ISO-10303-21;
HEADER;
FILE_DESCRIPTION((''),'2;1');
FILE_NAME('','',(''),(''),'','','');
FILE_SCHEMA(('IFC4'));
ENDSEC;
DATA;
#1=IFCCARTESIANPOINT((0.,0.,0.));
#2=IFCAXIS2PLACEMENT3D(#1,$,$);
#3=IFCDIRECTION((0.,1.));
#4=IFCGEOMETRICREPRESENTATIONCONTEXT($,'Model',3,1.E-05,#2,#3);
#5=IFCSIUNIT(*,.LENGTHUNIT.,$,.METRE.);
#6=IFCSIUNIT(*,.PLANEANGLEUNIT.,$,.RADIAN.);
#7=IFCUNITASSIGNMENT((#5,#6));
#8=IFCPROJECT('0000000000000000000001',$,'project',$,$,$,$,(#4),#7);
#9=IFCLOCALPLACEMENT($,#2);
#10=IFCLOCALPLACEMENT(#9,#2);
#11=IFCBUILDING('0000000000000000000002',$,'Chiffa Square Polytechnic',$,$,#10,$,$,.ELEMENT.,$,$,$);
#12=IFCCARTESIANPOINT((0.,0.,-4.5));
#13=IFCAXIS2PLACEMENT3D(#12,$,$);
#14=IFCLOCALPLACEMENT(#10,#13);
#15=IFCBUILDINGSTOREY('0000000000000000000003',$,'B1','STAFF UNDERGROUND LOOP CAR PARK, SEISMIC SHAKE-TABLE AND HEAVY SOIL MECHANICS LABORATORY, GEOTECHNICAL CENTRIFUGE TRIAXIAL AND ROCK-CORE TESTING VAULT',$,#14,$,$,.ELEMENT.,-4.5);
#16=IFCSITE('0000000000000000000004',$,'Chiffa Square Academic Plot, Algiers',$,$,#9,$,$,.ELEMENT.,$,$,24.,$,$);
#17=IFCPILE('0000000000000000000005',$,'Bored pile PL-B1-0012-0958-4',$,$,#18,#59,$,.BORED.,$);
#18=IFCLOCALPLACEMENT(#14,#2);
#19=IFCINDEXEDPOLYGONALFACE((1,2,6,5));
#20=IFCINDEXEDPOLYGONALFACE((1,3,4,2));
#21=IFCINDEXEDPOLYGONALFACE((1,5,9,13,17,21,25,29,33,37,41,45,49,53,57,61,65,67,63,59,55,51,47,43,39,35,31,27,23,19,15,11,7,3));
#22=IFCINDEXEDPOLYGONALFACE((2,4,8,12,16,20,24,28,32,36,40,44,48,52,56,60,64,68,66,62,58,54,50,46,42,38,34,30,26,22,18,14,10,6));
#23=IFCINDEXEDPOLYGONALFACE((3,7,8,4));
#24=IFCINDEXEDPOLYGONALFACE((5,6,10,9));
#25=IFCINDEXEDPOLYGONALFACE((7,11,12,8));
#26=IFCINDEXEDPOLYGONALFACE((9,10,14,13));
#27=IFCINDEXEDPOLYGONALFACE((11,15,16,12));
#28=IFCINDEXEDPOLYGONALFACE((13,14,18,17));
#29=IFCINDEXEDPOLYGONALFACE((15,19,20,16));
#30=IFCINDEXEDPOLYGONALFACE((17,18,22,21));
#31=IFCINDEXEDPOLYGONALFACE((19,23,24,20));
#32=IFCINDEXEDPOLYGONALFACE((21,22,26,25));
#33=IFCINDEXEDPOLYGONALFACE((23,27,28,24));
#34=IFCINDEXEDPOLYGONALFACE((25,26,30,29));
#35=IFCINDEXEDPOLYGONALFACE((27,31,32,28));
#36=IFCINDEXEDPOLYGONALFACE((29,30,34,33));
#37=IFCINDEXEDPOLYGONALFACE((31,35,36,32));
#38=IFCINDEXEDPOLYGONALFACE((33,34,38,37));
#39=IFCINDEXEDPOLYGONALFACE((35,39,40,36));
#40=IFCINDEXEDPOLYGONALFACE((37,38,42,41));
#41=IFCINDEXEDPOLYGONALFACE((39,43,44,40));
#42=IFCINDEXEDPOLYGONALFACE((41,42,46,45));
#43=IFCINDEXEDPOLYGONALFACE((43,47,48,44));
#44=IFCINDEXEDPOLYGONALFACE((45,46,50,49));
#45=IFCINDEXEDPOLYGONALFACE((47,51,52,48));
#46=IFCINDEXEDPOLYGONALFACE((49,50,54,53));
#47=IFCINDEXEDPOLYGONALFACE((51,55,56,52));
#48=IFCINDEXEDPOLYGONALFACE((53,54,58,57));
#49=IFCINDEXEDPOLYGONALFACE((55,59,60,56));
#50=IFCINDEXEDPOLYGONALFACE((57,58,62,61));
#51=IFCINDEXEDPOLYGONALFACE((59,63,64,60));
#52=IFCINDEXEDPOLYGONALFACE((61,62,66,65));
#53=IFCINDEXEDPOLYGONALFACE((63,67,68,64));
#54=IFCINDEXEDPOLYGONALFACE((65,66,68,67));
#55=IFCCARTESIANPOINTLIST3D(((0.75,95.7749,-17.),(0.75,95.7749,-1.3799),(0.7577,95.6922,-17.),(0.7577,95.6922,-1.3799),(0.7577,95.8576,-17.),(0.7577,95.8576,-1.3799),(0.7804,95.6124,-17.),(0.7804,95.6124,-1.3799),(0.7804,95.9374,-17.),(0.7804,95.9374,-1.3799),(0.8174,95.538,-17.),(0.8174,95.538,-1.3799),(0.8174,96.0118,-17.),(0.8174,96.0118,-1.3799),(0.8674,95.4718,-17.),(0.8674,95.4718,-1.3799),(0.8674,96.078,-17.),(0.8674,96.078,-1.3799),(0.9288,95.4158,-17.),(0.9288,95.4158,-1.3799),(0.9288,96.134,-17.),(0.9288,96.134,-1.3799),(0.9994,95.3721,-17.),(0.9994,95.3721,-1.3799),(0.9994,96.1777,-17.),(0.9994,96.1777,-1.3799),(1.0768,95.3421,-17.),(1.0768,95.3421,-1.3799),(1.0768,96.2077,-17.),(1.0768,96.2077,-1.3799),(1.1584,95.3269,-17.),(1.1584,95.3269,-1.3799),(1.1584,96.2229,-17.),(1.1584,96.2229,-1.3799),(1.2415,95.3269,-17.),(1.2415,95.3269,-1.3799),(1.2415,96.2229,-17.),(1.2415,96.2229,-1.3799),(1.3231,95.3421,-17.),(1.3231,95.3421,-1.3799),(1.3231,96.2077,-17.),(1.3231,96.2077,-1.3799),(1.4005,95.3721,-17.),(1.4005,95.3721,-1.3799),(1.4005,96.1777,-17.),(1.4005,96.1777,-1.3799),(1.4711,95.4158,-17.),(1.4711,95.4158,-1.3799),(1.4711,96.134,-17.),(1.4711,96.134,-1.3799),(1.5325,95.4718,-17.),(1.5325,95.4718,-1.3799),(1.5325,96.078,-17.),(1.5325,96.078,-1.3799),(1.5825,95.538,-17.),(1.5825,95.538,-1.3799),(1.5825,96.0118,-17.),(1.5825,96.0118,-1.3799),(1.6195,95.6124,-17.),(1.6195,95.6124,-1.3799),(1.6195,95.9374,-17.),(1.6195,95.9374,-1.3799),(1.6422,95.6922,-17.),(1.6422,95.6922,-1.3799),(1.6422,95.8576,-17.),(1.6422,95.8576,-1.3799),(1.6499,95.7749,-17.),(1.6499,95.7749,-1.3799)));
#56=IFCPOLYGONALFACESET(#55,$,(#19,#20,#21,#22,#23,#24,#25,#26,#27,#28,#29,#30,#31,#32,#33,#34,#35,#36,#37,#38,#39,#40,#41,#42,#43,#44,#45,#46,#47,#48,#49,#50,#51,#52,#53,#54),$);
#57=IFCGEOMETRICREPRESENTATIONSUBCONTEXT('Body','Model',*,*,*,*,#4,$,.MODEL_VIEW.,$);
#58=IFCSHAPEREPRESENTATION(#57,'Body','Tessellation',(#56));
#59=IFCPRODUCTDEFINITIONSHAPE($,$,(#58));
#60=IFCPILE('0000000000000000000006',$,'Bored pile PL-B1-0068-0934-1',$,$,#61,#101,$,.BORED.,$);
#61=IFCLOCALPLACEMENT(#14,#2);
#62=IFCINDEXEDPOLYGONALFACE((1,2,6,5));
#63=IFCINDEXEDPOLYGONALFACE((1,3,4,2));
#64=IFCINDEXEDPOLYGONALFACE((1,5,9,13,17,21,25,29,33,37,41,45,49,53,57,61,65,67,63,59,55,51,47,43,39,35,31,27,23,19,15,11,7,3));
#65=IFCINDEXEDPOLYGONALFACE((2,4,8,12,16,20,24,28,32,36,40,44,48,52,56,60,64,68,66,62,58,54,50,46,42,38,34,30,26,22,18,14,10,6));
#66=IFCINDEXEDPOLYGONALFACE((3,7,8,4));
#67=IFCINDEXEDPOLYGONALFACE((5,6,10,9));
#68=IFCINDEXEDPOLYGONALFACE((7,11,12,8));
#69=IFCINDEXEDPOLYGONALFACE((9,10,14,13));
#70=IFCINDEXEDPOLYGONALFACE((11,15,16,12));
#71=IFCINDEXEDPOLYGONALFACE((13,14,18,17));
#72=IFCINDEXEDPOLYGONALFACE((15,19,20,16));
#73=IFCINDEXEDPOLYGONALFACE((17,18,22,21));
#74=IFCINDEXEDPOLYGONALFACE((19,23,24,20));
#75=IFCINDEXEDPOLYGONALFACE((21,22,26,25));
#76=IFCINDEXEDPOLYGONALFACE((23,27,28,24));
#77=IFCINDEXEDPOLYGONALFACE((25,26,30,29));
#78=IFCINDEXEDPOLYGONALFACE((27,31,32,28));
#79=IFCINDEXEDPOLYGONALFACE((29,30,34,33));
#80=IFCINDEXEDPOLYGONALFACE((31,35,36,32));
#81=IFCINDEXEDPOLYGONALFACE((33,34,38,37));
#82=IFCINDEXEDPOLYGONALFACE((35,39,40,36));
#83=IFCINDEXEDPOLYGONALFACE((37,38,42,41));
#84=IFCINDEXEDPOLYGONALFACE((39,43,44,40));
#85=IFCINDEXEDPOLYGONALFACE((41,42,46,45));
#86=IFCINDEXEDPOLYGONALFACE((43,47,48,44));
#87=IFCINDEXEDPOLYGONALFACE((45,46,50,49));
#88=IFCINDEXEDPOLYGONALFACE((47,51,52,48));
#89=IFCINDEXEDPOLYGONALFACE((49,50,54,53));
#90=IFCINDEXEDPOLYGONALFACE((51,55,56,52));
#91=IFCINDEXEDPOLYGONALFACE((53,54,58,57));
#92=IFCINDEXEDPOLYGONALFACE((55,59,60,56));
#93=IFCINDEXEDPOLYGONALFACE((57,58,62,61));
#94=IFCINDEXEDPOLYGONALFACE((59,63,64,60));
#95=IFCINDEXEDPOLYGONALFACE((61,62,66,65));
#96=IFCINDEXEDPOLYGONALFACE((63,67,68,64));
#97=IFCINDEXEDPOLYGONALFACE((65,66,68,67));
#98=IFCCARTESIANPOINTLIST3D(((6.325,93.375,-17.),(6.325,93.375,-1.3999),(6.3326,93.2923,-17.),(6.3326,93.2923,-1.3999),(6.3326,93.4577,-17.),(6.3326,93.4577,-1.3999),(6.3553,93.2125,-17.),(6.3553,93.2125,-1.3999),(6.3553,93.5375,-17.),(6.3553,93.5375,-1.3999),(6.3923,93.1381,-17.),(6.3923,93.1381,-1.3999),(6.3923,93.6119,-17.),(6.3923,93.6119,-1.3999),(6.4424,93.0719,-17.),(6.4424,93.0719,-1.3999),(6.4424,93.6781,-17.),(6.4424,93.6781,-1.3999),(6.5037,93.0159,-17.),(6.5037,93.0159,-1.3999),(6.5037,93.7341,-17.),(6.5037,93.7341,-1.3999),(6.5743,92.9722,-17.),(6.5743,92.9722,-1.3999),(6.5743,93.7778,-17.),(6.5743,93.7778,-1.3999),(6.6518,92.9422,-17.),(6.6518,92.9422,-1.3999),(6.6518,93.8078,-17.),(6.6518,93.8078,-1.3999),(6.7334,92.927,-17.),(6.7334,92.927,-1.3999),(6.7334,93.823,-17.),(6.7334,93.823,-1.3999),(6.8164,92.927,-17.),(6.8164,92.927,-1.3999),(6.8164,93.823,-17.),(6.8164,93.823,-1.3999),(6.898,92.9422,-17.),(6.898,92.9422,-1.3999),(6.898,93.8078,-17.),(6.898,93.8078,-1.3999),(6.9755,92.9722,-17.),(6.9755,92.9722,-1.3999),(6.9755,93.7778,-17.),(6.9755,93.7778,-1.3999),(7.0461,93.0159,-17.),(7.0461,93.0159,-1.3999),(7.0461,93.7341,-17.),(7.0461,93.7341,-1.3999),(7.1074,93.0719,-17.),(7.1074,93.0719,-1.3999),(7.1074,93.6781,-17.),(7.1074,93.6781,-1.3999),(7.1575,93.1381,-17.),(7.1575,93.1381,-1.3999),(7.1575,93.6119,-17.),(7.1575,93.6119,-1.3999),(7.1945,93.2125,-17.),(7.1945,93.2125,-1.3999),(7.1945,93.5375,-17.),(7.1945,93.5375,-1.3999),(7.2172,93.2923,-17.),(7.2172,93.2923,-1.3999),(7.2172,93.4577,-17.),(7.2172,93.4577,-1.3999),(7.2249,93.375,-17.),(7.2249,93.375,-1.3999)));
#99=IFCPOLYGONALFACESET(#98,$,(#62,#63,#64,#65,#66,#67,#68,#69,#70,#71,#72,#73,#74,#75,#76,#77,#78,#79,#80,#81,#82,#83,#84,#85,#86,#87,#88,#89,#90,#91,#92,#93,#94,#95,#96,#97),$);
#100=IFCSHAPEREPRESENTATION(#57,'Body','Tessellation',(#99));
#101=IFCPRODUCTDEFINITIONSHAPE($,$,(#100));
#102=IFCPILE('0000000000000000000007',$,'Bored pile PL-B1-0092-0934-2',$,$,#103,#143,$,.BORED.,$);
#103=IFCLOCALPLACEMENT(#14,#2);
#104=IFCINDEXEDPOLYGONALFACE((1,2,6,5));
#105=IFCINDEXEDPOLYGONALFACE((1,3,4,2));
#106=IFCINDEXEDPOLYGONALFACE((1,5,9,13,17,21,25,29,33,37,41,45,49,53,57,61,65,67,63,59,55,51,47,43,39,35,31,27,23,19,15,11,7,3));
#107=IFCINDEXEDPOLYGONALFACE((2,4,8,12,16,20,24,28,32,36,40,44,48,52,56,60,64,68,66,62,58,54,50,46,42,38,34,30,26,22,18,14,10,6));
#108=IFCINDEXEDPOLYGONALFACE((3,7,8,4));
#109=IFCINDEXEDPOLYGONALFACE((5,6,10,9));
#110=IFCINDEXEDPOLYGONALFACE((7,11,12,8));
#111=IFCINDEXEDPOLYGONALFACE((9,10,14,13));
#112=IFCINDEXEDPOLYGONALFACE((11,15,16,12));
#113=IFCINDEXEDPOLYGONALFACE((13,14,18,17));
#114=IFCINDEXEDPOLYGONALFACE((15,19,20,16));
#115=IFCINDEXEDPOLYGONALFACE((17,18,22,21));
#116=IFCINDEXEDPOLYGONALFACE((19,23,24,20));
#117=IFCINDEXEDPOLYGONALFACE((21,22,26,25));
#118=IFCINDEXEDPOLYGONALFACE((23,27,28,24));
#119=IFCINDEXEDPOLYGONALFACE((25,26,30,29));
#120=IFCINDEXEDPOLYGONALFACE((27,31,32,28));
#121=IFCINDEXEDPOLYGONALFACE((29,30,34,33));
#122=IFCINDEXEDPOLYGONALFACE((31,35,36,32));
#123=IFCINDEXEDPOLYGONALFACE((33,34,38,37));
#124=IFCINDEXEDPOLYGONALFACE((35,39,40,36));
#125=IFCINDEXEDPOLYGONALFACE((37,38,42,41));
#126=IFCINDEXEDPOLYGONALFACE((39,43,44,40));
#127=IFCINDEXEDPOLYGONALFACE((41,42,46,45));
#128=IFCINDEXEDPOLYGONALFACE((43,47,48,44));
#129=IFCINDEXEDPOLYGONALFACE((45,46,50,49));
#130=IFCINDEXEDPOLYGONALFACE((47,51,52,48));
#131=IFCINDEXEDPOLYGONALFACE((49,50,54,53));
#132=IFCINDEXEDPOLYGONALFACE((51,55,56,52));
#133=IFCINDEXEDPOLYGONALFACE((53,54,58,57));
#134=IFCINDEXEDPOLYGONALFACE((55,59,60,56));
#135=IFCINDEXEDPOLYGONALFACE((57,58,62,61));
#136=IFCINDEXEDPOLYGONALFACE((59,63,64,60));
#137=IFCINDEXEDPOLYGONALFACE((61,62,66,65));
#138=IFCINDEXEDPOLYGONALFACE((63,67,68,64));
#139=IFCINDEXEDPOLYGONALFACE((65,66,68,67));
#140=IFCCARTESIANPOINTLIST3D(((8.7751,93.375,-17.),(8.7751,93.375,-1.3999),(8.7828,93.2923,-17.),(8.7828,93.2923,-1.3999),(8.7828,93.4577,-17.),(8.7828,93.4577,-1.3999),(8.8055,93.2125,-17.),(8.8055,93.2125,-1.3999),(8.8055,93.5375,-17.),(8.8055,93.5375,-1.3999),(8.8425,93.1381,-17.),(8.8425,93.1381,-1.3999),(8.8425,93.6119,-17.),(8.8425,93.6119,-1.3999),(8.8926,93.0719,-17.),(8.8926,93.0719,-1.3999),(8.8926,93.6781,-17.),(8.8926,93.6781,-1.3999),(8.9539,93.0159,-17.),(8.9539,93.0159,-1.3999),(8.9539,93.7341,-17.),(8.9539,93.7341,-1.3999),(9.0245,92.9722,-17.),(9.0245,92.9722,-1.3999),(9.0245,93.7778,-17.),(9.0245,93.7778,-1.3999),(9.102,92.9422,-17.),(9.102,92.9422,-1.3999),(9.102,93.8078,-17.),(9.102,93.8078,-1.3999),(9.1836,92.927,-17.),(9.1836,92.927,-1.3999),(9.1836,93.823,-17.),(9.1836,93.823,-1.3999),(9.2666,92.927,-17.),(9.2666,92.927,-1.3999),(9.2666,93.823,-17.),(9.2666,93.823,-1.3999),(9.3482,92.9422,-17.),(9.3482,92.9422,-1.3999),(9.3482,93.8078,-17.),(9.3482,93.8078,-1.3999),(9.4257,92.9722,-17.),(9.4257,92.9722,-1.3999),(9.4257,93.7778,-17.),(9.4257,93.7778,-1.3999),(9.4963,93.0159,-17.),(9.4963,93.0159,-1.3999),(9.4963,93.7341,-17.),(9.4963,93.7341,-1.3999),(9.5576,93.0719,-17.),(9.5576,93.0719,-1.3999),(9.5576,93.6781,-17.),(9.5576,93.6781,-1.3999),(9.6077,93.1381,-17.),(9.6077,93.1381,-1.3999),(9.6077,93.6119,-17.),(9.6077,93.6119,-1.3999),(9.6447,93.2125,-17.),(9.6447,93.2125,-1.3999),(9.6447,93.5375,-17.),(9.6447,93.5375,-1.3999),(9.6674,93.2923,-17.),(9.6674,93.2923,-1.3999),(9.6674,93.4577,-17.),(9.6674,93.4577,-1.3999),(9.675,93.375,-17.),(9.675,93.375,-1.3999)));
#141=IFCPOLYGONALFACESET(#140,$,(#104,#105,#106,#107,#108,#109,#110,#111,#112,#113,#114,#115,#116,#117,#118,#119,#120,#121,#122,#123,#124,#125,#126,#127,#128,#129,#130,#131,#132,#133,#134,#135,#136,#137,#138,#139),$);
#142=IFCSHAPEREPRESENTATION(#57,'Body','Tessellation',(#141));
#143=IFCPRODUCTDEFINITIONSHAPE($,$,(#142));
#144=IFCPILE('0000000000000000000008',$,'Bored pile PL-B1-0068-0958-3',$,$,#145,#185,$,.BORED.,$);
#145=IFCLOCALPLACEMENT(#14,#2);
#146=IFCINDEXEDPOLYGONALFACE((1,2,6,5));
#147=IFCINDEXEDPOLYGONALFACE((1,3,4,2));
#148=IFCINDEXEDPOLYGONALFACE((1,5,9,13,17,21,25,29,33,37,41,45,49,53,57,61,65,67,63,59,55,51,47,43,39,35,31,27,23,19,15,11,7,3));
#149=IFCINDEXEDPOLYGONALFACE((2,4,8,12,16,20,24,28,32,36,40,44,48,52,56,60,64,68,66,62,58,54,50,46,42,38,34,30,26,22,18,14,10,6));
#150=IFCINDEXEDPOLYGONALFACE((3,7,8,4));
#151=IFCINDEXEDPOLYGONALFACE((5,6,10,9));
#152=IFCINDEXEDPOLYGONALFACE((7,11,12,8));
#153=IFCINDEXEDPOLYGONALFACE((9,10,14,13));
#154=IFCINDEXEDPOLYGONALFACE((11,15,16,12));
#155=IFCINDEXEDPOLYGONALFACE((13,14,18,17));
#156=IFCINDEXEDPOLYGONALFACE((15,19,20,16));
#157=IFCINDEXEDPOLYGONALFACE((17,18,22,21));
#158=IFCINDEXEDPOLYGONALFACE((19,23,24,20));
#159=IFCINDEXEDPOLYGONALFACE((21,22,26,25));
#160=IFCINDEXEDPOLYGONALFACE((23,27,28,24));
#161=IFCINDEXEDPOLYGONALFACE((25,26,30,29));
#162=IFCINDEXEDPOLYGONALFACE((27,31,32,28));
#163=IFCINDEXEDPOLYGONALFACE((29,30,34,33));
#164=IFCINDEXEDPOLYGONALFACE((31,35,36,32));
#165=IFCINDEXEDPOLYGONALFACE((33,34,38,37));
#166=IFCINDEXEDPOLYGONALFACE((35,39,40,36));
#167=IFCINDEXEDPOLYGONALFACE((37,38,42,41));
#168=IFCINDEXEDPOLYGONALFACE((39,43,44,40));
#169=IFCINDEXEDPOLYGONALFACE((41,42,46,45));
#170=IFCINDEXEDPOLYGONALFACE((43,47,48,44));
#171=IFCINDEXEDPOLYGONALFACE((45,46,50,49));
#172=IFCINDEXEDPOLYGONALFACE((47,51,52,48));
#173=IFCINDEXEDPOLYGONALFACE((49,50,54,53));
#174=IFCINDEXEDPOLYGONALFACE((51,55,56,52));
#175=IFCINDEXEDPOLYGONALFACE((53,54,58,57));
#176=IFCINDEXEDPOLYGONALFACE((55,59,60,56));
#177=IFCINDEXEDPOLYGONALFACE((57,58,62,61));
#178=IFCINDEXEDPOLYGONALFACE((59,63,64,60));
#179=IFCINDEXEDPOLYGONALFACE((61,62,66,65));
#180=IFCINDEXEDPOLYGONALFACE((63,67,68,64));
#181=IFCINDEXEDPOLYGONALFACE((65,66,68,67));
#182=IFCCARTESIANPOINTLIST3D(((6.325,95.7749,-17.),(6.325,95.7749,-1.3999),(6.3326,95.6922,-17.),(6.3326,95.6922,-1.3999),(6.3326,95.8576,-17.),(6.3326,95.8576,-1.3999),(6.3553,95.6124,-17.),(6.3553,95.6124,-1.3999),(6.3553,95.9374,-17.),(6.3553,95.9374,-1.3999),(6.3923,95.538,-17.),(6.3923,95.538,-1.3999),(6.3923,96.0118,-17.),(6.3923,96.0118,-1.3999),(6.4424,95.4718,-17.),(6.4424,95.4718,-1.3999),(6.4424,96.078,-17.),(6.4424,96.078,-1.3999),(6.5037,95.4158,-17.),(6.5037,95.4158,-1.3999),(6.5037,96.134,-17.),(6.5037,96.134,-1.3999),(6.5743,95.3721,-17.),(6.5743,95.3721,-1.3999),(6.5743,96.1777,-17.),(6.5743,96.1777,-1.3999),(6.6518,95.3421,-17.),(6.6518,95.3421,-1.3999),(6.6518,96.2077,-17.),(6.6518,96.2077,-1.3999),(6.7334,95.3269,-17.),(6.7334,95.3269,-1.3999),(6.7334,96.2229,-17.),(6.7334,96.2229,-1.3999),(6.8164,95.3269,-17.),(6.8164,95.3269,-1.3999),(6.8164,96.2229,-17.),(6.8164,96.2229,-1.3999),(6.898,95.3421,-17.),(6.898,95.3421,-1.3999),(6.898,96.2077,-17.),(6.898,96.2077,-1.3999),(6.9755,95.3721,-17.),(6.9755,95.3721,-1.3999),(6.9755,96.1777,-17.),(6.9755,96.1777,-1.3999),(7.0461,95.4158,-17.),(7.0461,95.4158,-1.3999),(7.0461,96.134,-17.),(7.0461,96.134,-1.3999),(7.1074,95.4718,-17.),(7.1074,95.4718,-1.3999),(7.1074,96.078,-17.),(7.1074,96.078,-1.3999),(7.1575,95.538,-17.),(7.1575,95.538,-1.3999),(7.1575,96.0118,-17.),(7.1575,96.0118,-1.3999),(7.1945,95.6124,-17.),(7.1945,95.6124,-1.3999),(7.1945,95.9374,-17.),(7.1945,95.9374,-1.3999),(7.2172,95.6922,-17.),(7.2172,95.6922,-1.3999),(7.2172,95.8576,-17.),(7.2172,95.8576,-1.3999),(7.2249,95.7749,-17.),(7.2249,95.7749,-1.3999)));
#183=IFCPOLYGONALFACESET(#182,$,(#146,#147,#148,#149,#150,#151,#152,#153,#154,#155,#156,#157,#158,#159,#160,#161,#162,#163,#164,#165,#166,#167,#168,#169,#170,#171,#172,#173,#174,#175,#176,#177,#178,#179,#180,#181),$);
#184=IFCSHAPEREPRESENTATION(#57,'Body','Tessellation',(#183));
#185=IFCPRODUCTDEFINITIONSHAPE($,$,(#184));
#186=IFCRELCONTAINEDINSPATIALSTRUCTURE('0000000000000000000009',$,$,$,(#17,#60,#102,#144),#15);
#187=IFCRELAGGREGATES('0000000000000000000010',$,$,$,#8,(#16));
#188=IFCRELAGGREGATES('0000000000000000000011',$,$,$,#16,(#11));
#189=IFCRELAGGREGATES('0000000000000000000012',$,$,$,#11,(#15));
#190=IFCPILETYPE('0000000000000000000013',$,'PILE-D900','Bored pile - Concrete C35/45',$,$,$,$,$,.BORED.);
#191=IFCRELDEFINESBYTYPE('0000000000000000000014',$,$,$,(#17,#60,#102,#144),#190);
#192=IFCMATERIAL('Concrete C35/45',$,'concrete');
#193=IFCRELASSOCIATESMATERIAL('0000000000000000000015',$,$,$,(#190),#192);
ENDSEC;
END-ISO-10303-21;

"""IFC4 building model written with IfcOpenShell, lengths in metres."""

from ifc_helpers import new_model, si_unit, direction, frame, origin, origin_2d, place, context, subcontext, project, spatial, circle, extrude, material, material_profile, profile_set, type_object, element, save


model = new_model("IFC4")

# Units and contexts
model_context = context("Model", 3, precision=1e-05, world=origin(), true_north=direction((0.0, 1.0)))
body_context = subcontext(model_context, "Body", "Model", "MODEL_VIEW")
ifc_project = project(units=[si_unit("LENGTHUNIT", "METRE"), si_unit("PLANEANGLEUNIT", "RADIAN")], contexts=[model_context])

# Site, building, storey
site_placement = place(None, origin())
site = spatial("IfcSite", under=ifc_project, at=site_placement, Name="Chiffa Square Academic Plot, Algiers", CompositionType="ELEMENT", RefElevation=24.0)
building_placement = place(site_placement, origin())
building = spatial("IfcBuilding", under=site, at=building_placement, Name="Chiffa Square Polytechnic", CompositionType="ELEMENT")
storey_placement = place(building_placement, frame((0.0, 0.0, -4.5)))
storey = spatial("IfcBuildingStorey", under=building, at=storey_placement, Name="B1", Description="STAFF UNDERGROUND LOOP CAR PARK, SEISMIC SHAKE-TABLE AND HEAVY SOIL MECHANICS LABORATORY, GEOTECHNICAL CENTRIFUGE TRIAXIAL AND ROCK-CORE TESTING VAULT", CompositionType="ELEMENT", Elevation=-4.5)

# Shared definitions
ifc_material_1 = material(Name="Concrete C35/45", Category="concrete")

# Piles
ifc_material_profile_1 = material_profile(ifc_material_1, circle(Radius=0.45, at=origin_2d()), Name="PILE D900")
ifc_profile_set_1 = profile_set([ifc_material_profile_1], Name="Concrete C35/45")
pile_type_1 = type_object("IfcPileType", Name="PILE-D900", Description="Bored pile - Concrete C35/45", PredefinedType="BORED", material=ifc_profile_set_1)
for number, where, z_axis, x_axis, name in (
    (1, (1.2, 95.7749, -1.3799), (0.0, 0.0, -1.0), (1.0, 0.0, 0.0), "Bored pile PL-B1-0012-0958-4"),
):
    element("IfcPile", number, at=place(storey_placement, frame(where, z_axis=z_axis, x_axis=x_axis)), inside=storey, type_object=pile_type_1, Name=name, PredefinedType="BORED", context=body_context, shape_type="SweptSolid", body=[
        extrude(circle(Radius=0.45, at=origin_2d()), origin(), (0.0, 0.0, 1.0), 15.6201),
    ])
for number, where, z_axis, x_axis, name in (
    (2, (6.7749, 93.375, -1.3999), (0.0, 0.0, -1.0), (1.0, 0.0, 0.0), "Bored pile PL-B1-0068-0934-1"),
    (3, (9.2251, 93.375, -1.3999), (0.0, 0.0, -1.0), (1.0, 0.0, 0.0), "Bored pile PL-B1-0092-0934-2"),
    (4, (6.7749, 95.7749, -1.3999), (0.0, 0.0, -1.0), (1.0, 0.0, 0.0), "Bored pile PL-B1-0068-0958-3"),
):
    element("IfcPile", number, at=place(storey_placement, frame(where, z_axis=z_axis, x_axis=x_axis)), inside=storey, type_object=pile_type_1, Name=name, PredefinedType="BORED", context=body_context, shape_type="SweptSolid", body=[
        extrude(circle(Radius=0.45, at=origin_2d()), origin(), (0.0, 0.0, 1.0), 15.6001),
    ])

save(model, "model.ifc")
